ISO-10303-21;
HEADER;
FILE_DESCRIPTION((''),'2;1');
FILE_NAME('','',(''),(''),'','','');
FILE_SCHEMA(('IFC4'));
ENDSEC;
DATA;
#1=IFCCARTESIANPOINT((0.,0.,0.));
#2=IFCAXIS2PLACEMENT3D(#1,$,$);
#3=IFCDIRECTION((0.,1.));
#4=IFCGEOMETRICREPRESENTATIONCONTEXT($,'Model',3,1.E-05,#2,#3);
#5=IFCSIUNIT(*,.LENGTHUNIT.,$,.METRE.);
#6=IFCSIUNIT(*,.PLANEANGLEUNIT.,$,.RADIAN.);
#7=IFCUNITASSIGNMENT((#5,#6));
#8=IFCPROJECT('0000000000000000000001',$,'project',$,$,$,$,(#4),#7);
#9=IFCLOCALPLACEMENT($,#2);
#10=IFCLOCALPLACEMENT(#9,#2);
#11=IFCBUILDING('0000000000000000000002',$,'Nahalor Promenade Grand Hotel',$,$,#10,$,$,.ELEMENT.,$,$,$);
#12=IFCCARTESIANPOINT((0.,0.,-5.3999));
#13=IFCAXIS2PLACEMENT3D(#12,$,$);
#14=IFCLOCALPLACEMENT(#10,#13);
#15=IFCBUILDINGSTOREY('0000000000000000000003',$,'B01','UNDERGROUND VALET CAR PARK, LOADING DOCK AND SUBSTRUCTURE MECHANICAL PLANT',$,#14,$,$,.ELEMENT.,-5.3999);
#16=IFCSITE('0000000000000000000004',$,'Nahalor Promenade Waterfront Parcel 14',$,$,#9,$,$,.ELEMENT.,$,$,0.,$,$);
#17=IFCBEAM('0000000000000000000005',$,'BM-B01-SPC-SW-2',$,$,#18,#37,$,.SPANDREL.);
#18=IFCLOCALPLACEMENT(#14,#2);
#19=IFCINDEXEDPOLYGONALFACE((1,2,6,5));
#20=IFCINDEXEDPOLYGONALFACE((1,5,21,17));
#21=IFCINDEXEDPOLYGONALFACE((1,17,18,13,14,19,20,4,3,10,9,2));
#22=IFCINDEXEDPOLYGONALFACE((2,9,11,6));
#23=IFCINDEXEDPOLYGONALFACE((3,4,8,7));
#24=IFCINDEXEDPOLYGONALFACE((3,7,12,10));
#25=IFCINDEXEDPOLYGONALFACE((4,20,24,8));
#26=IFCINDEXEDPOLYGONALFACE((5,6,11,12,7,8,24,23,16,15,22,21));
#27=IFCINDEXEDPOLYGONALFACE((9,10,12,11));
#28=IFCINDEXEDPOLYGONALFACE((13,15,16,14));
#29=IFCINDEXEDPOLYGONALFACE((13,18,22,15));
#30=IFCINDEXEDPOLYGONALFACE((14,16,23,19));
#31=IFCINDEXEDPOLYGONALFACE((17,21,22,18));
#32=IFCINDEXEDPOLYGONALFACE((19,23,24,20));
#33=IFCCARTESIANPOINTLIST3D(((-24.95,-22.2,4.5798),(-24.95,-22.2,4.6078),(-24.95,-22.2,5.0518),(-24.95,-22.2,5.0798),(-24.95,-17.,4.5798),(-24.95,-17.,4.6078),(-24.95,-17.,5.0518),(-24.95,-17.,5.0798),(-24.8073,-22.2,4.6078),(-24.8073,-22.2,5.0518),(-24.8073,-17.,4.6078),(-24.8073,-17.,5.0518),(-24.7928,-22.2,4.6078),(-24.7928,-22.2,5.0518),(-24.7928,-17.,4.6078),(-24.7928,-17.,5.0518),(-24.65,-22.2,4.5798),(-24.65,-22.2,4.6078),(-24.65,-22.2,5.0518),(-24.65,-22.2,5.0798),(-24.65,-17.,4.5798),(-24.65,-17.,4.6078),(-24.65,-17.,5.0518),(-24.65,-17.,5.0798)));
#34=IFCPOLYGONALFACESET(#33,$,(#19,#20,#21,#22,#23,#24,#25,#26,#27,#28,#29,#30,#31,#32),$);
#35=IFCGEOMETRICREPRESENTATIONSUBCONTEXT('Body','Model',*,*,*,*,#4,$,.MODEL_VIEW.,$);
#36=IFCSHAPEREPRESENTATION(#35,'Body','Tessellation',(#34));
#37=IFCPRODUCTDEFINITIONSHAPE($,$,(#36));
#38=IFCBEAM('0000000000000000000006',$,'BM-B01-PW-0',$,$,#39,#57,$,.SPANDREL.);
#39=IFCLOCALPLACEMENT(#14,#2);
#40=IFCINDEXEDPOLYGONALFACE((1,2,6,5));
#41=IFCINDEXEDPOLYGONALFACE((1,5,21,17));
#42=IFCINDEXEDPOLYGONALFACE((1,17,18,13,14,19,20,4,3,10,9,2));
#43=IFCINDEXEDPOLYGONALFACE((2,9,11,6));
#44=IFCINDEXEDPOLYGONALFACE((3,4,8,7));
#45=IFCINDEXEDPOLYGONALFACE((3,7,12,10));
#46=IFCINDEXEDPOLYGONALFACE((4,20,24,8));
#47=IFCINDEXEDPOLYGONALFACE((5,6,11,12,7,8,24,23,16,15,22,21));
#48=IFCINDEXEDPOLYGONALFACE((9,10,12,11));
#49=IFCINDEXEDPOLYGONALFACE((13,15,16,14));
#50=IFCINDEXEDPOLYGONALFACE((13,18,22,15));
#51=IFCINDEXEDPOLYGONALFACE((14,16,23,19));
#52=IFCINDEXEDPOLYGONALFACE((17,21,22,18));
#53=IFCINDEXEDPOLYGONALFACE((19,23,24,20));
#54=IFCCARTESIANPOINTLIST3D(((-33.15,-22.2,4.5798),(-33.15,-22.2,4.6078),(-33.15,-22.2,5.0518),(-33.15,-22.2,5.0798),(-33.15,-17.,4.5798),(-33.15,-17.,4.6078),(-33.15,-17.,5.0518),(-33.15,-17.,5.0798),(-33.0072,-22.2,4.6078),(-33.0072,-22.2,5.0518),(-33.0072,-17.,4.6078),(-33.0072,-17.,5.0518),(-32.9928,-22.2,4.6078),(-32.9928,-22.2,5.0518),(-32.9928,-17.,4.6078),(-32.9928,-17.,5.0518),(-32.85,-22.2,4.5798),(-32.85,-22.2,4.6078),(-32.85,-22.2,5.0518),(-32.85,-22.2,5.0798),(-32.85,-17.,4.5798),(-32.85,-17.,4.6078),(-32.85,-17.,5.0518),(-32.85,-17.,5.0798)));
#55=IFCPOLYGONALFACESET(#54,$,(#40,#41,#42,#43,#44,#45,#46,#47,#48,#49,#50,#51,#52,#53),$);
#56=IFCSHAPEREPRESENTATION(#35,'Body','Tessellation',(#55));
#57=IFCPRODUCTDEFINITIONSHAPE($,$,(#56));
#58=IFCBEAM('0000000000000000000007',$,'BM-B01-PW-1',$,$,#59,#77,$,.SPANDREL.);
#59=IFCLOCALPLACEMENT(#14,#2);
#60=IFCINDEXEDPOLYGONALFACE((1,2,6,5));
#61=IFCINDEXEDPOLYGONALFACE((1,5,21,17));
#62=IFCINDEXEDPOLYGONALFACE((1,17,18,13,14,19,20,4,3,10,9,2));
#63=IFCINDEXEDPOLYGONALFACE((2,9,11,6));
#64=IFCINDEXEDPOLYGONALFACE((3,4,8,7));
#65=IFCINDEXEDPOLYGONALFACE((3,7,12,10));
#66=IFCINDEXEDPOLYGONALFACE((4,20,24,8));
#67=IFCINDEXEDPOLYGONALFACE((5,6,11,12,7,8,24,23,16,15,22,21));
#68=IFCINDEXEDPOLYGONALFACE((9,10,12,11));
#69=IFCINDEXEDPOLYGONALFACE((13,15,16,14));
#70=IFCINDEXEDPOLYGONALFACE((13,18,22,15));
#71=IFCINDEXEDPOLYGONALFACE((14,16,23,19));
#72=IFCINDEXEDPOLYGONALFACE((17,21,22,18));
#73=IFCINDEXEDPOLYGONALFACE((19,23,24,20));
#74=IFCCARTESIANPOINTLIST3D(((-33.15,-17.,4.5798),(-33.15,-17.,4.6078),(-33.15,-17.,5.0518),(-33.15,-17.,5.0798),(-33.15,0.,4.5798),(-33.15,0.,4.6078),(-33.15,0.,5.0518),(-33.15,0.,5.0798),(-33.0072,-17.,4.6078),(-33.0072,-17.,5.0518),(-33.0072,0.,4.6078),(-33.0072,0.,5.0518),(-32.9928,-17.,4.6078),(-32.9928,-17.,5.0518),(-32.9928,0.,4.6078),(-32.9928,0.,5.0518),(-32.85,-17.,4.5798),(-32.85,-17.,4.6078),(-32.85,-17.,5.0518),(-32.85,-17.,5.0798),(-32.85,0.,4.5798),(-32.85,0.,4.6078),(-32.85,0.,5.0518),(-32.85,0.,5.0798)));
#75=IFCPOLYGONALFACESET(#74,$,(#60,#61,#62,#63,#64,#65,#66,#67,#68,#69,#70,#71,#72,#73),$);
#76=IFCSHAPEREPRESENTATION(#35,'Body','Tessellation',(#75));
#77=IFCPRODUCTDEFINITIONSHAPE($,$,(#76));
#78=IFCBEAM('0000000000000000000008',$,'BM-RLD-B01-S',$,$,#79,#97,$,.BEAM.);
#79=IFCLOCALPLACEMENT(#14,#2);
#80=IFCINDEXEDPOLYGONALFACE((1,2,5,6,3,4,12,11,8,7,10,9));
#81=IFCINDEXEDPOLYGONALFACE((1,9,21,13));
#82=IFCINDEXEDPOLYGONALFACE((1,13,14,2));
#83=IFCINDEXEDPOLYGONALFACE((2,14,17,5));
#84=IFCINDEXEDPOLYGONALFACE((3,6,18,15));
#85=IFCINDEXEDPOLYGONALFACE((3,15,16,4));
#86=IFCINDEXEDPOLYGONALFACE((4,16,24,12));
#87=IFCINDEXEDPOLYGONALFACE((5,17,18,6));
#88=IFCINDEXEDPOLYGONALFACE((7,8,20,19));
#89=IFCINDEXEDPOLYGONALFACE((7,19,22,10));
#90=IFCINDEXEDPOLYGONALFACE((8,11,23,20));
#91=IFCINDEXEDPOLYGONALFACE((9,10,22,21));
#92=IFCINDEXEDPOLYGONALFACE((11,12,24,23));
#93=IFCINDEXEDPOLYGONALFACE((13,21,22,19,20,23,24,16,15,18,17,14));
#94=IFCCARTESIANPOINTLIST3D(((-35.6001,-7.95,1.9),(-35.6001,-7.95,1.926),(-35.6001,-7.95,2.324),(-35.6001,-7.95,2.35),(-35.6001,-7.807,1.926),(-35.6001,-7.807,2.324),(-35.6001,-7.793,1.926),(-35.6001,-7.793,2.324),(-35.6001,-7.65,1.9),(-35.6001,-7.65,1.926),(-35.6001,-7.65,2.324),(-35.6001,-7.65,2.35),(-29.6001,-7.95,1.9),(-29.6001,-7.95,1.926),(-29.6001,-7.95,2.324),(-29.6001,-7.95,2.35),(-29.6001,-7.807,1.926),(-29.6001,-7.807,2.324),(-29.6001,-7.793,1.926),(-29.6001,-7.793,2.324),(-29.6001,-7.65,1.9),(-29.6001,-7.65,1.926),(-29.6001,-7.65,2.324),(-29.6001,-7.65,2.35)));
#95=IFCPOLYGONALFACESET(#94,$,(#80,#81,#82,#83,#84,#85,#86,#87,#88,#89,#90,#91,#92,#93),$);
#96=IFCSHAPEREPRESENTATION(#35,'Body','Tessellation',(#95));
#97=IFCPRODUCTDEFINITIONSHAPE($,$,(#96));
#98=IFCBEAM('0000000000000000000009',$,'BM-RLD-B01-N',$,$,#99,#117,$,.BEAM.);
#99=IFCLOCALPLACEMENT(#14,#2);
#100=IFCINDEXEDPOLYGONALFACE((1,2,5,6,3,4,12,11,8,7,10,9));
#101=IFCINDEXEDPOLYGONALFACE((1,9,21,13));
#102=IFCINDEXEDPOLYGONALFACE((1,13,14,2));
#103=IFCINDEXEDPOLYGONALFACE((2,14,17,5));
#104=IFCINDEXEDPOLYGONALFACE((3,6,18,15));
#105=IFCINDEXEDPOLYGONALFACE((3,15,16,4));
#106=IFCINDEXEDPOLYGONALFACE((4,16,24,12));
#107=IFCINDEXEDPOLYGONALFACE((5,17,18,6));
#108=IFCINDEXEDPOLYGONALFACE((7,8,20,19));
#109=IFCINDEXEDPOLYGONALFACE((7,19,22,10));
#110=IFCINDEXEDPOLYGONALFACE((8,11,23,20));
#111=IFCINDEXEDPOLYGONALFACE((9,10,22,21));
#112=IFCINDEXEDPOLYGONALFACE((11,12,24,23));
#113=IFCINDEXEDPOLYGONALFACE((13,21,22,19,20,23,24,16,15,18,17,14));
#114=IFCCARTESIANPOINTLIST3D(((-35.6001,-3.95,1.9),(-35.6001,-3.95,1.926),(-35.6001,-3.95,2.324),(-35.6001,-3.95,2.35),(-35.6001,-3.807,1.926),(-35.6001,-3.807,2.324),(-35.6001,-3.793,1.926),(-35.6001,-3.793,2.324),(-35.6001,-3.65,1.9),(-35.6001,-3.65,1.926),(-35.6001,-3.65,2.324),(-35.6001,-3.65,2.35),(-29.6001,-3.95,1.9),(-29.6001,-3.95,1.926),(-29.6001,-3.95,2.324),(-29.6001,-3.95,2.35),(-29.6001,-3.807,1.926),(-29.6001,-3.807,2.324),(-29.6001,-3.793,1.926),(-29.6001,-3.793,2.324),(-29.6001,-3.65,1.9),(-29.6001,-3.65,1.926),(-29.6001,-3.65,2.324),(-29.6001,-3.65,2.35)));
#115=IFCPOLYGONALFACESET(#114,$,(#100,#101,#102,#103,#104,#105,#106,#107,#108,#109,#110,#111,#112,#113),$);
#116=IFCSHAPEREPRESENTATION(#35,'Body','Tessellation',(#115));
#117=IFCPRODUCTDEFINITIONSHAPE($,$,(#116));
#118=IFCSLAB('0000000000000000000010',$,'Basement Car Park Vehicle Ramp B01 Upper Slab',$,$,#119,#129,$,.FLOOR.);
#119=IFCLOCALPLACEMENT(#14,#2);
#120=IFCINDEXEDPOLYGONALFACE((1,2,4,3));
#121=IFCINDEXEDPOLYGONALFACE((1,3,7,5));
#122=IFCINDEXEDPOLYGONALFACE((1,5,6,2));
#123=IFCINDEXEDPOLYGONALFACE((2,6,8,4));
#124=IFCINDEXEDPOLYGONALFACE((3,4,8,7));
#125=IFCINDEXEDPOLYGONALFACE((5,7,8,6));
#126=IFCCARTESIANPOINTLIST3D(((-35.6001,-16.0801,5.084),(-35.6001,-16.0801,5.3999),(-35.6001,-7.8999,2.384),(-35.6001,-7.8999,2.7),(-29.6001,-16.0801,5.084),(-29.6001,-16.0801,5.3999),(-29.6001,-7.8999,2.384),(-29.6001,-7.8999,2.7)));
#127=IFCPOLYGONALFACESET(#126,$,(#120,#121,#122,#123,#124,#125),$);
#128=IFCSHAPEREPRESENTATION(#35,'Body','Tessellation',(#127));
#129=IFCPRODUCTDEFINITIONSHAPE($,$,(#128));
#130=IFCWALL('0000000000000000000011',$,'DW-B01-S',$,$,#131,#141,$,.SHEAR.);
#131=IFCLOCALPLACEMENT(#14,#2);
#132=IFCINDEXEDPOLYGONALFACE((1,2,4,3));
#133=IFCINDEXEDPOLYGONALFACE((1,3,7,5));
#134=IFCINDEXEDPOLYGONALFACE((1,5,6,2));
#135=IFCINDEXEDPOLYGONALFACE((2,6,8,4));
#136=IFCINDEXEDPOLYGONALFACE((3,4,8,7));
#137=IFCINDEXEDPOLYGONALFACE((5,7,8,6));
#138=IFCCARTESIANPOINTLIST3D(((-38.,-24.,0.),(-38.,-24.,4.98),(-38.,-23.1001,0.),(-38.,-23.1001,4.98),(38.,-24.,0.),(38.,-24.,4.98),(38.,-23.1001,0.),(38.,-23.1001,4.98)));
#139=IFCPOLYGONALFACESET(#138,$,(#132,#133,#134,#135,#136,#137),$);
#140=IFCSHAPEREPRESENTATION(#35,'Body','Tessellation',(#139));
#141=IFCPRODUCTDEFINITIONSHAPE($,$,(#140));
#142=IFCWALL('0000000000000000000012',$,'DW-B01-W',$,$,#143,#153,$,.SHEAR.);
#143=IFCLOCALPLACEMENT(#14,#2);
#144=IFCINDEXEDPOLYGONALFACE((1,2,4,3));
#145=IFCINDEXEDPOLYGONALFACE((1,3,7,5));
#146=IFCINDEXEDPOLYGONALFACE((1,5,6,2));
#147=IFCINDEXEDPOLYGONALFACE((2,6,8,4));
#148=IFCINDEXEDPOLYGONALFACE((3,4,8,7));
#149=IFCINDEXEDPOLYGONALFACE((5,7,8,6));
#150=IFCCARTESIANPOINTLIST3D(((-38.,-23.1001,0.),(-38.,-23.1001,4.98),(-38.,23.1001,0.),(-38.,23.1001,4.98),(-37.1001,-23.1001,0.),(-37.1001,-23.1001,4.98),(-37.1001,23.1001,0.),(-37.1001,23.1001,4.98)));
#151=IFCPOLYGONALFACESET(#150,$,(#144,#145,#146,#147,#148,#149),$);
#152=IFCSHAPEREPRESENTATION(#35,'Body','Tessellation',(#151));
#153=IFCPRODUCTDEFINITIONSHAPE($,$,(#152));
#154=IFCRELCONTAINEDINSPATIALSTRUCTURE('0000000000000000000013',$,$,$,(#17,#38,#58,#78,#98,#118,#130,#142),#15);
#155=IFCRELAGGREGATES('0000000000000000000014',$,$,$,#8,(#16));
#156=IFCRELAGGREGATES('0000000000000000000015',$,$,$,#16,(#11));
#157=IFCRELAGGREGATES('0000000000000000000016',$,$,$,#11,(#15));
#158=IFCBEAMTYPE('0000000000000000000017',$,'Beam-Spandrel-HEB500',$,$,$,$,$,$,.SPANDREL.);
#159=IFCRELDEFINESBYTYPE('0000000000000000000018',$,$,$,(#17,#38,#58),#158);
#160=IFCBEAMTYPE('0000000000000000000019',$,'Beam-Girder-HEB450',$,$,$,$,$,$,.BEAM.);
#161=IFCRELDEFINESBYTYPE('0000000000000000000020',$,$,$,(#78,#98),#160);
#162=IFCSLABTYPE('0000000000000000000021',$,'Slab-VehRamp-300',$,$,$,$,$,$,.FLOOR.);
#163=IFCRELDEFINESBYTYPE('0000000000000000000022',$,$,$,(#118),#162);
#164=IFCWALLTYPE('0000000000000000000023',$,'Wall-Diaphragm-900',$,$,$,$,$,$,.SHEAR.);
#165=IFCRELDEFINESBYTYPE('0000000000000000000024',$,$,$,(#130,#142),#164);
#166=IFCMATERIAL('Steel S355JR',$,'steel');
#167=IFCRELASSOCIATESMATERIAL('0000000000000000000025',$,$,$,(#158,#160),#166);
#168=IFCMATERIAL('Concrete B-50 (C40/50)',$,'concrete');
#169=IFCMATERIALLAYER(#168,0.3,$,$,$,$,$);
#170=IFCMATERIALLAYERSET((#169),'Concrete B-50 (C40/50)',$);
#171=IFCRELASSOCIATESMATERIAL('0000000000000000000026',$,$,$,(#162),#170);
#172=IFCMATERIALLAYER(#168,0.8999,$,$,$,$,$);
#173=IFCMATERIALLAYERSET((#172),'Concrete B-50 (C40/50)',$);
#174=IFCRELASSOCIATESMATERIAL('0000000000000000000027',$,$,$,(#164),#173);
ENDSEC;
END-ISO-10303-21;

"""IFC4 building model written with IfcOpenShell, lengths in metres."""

from ifc_helpers import new_model, si_unit, direction, frame, frame_2d, origin, origin_2d, place, context, subcontext, project, spatial, polyline, rectangle, i_section, outline, extrude, source, transform, mapped, material, layer, layer_set, material_profile, profile_set, type_object, element, save


model = new_model("IFC4")

# Units and contexts
model_context = context("Model", 3, precision=1e-05, world=origin(), true_north=direction((0.0, 1.0)))
body_context = subcontext(model_context, "Body", "Model", "MODEL_VIEW")
ifc_project = project(units=[si_unit("LENGTHUNIT", "METRE"), si_unit("PLANEANGLEUNIT", "RADIAN")], contexts=[model_context])

# Site, building, storey
site_placement = place(None, origin())
site = spatial("IfcSite", under=ifc_project, at=site_placement, Name="Nahalor Promenade Waterfront Parcel 14", CompositionType="ELEMENT", RefElevation=0.0)
building_placement = place(site_placement, origin())
building = spatial("IfcBuilding", under=site, at=building_placement, Name="Nahalor Promenade Grand Hotel", CompositionType="ELEMENT")
storey_placement = place(building_placement, frame((0.0, 0.0, -5.3999)))
storey = spatial("IfcBuildingStorey", under=building, at=storey_placement, Name="B01", Description="UNDERGROUND VALET CAR PARK, LOADING DOCK AND SUBSTRUCTURE MECHANICAL PLANT", CompositionType="ELEMENT", Elevation=-5.3999)

# Shared definitions
ifc_material_1 = material(Name="Concrete B-50 (C40/50)", Category="concrete")

# Beams
ifc_material_2 = material(Name="Steel S355JR", Category="steel")
ifc_material_profile_1 = material_profile(ifc_material_2, i_section(OverallWidth=0.3, OverallDepth=0.5, WebThickness=0.0145, FlangeThickness=0.028, at=origin_2d()), Name="HEB 500")
ifc_profile_set_1 = profile_set([ifc_material_profile_1], Name="Steel S355JR")
beam_type_1 = type_object("IfcBeamType", Name="Beam-Spandrel-HEB500", PredefinedType="SPANDREL", material=ifc_profile_set_1)
shared_shape_1 = source(origin(), body_context, "Body", "SweptSolid", [
    extrude(i_section(OverallWidth=0.3, OverallDepth=0.5, WebThickness=0.0145, FlangeThickness=0.028, at=origin_2d()), origin(), (0.0, 0.0, 1.0), 5.2),
])
for number, where, z_axis, x_axis, name in (
    (1, (-24.8, -22.2, 4.8298), (0.0, 1.0, 0.0), (-1.0, 0.0, 0.0), "BM-B01-SPC-SW-2"),
    (2, (-33.0, -22.2, 4.8298), (0.0, 1.0, 0.0), (-1.0, 0.0, 0.0), "BM-B01-PW-0"),
):
    element("IfcBeam", number, at=place(storey_placement, frame(where, z_axis=z_axis, x_axis=x_axis)), inside=storey, type_object=beam_type_1, Name=name, PredefinedType="SPANDREL", context=body_context, shape_type="MappedRepresentation", body=[
        mapped(shared_shape_1, transform((0.0, 0.0, 0.0), scale=1.0)),
    ])
shared_shape_2 = source(origin(), body_context, "Body", "SweptSolid", [
    extrude(i_section(OverallWidth=0.3, OverallDepth=0.5, WebThickness=0.0145, FlangeThickness=0.028, at=origin_2d()), origin(), (0.0, 0.0, 1.0), 17.0),
])
beam_1_placement = place(storey_placement, frame((-33.0, -17.0, 4.8298), z_axis=(0.0, 1.0, 0.0), x_axis=(-1.0, 0.0, 0.0)))
element("IfcBeam", 3, at=beam_1_placement, inside=storey, type_object=beam_type_1, Name="BM-B01-PW-1", PredefinedType="SPANDREL", context=body_context, shape_type="MappedRepresentation", body=[
    mapped(shared_shape_2, transform((0.0, 0.0, 0.0), scale=1.0)),
])
ifc_material_profile_2 = material_profile(ifc_material_2, i_section(OverallWidth=0.3, OverallDepth=0.45, WebThickness=0.014, FlangeThickness=0.026, at=origin_2d()), Name="HEB 450")
ifc_profile_set_2 = profile_set([ifc_material_profile_2], Name="Steel S355JR")
beam_type_2 = type_object("IfcBeamType", Name="Beam-Girder-HEB450", PredefinedType="BEAM", material=ifc_profile_set_2)
shared_shape_3 = source(origin(), body_context, "Body", "SweptSolid", [
    extrude(i_section(OverallWidth=0.3, OverallDepth=0.45, WebThickness=0.014, FlangeThickness=0.026, at=origin_2d()), origin(), (0.0, 0.0, 1.0), 6.0),
])
for number, where, z_axis, x_axis, name in (
    (4, (-35.6001, -7.8, 2.125), (1.0, 0.0, 0.0), (0.0, 1.0, 0.0), "BM-RLD-B01-S"),
    (5, (-35.6001, -3.8, 2.125), (1.0, 0.0, 0.0), (0.0, 1.0, 0.0), "BM-RLD-B01-N"),
):
    element("IfcBeam", number, at=place(storey_placement, frame(where, z_axis=z_axis, x_axis=x_axis)), inside=storey, type_object=beam_type_2, Name=name, PredefinedType="BEAM", context=body_context, shape_type="MappedRepresentation", body=[
        mapped(shared_shape_3, transform((0.0, 0.0, 0.0), scale=1.0)),
    ])

# Slab
ifc_layer_1 = layer(ifc_material_1, 0.3)
ifc_layer_set_1 = layer_set([ifc_layer_1], Name="Concrete B-50 (C40/50)")
slab_type = type_object("IfcSlabType", Name="Slab-VehRamp-300", PredefinedType="FLOOR", material=ifc_layer_set_1)
slab_placement = place(storey_placement, frame((-35.6001, -7.8999, 2.7), z_axis=(0.0, 0.313429, 0.949612), x_axis=(1.0, 0.0, 0.0)))
element("IfcSlab", 6, at=slab_placement, inside=storey, type_object=slab_type, Name="Basement Car Park Vehicle Ramp B01 Upper Slab", PredefinedType="FLOOR", context=body_context, shape_type="SweptSolid", body=[
    extrude(outline(polyline([(0.0, 0.0), (6.0, 0.0), (6.0, -8.6142), (0.0, -8.6142), (0.0, 0.0)])), origin(), (0.0, 0.313429, -0.949612), 0.3159),
])

# Walls
ifc_layer_2 = layer(ifc_material_1, 0.8999)
ifc_layer_set_2 = layer_set([ifc_layer_2], Name="Concrete B-50 (C40/50)")
wall_type_1 = type_object("IfcWallType", Name="Wall-Diaphragm-900", PredefinedType="SHEAR", material=ifc_layer_set_2)
shared_shape_4 = source(origin(), body_context, "Body", "SweptSolid", [
    extrude(rectangle(XDim=76.0, YDim=0.8999, at=frame_2d((38.0, 0.0))), origin(), (0.0, 0.0, 1.0), 4.98),
])
wall_1_placement = place(storey_placement, frame((-38.0, -23.55, 0.0), z_axis=(0.0, 0.0, 1.0), x_axis=(1.0, 0.0, 0.0)))
element("IfcWall", 7, at=wall_1_placement, inside=storey, type_object=wall_type_1, Name="DW-B01-S", PredefinedType="SHEAR", context=body_context, shape_type="MappedRepresentation", body=[
    mapped(shared_shape_4, transform((0.0, 0.0, 0.0), scale=1.0)),
])
shared_shape_5 = source(origin(), body_context, "Body", "SweptSolid", [
    extrude(rectangle(XDim=46.2002, YDim=0.8999, at=frame_2d((23.1001, 0.0))), origin(), (0.0, 0.0, 1.0), 4.98),
])
wall_2_placement = place(storey_placement, frame((-37.55, -23.1001, 0.0), z_axis=(0.0, 0.0, 1.0), x_axis=(0.0, 1.0, 0.0)))
element("IfcWall", 8, at=wall_2_placement, inside=storey, type_object=wall_type_1, Name="DW-B01-W", PredefinedType="SHEAR", context=body_context, shape_type="MappedRepresentation", body=[
    mapped(shared_shape_5, transform((0.0, 0.0, 0.0), scale=1.0)),
])

save(model, "model.ifc")
